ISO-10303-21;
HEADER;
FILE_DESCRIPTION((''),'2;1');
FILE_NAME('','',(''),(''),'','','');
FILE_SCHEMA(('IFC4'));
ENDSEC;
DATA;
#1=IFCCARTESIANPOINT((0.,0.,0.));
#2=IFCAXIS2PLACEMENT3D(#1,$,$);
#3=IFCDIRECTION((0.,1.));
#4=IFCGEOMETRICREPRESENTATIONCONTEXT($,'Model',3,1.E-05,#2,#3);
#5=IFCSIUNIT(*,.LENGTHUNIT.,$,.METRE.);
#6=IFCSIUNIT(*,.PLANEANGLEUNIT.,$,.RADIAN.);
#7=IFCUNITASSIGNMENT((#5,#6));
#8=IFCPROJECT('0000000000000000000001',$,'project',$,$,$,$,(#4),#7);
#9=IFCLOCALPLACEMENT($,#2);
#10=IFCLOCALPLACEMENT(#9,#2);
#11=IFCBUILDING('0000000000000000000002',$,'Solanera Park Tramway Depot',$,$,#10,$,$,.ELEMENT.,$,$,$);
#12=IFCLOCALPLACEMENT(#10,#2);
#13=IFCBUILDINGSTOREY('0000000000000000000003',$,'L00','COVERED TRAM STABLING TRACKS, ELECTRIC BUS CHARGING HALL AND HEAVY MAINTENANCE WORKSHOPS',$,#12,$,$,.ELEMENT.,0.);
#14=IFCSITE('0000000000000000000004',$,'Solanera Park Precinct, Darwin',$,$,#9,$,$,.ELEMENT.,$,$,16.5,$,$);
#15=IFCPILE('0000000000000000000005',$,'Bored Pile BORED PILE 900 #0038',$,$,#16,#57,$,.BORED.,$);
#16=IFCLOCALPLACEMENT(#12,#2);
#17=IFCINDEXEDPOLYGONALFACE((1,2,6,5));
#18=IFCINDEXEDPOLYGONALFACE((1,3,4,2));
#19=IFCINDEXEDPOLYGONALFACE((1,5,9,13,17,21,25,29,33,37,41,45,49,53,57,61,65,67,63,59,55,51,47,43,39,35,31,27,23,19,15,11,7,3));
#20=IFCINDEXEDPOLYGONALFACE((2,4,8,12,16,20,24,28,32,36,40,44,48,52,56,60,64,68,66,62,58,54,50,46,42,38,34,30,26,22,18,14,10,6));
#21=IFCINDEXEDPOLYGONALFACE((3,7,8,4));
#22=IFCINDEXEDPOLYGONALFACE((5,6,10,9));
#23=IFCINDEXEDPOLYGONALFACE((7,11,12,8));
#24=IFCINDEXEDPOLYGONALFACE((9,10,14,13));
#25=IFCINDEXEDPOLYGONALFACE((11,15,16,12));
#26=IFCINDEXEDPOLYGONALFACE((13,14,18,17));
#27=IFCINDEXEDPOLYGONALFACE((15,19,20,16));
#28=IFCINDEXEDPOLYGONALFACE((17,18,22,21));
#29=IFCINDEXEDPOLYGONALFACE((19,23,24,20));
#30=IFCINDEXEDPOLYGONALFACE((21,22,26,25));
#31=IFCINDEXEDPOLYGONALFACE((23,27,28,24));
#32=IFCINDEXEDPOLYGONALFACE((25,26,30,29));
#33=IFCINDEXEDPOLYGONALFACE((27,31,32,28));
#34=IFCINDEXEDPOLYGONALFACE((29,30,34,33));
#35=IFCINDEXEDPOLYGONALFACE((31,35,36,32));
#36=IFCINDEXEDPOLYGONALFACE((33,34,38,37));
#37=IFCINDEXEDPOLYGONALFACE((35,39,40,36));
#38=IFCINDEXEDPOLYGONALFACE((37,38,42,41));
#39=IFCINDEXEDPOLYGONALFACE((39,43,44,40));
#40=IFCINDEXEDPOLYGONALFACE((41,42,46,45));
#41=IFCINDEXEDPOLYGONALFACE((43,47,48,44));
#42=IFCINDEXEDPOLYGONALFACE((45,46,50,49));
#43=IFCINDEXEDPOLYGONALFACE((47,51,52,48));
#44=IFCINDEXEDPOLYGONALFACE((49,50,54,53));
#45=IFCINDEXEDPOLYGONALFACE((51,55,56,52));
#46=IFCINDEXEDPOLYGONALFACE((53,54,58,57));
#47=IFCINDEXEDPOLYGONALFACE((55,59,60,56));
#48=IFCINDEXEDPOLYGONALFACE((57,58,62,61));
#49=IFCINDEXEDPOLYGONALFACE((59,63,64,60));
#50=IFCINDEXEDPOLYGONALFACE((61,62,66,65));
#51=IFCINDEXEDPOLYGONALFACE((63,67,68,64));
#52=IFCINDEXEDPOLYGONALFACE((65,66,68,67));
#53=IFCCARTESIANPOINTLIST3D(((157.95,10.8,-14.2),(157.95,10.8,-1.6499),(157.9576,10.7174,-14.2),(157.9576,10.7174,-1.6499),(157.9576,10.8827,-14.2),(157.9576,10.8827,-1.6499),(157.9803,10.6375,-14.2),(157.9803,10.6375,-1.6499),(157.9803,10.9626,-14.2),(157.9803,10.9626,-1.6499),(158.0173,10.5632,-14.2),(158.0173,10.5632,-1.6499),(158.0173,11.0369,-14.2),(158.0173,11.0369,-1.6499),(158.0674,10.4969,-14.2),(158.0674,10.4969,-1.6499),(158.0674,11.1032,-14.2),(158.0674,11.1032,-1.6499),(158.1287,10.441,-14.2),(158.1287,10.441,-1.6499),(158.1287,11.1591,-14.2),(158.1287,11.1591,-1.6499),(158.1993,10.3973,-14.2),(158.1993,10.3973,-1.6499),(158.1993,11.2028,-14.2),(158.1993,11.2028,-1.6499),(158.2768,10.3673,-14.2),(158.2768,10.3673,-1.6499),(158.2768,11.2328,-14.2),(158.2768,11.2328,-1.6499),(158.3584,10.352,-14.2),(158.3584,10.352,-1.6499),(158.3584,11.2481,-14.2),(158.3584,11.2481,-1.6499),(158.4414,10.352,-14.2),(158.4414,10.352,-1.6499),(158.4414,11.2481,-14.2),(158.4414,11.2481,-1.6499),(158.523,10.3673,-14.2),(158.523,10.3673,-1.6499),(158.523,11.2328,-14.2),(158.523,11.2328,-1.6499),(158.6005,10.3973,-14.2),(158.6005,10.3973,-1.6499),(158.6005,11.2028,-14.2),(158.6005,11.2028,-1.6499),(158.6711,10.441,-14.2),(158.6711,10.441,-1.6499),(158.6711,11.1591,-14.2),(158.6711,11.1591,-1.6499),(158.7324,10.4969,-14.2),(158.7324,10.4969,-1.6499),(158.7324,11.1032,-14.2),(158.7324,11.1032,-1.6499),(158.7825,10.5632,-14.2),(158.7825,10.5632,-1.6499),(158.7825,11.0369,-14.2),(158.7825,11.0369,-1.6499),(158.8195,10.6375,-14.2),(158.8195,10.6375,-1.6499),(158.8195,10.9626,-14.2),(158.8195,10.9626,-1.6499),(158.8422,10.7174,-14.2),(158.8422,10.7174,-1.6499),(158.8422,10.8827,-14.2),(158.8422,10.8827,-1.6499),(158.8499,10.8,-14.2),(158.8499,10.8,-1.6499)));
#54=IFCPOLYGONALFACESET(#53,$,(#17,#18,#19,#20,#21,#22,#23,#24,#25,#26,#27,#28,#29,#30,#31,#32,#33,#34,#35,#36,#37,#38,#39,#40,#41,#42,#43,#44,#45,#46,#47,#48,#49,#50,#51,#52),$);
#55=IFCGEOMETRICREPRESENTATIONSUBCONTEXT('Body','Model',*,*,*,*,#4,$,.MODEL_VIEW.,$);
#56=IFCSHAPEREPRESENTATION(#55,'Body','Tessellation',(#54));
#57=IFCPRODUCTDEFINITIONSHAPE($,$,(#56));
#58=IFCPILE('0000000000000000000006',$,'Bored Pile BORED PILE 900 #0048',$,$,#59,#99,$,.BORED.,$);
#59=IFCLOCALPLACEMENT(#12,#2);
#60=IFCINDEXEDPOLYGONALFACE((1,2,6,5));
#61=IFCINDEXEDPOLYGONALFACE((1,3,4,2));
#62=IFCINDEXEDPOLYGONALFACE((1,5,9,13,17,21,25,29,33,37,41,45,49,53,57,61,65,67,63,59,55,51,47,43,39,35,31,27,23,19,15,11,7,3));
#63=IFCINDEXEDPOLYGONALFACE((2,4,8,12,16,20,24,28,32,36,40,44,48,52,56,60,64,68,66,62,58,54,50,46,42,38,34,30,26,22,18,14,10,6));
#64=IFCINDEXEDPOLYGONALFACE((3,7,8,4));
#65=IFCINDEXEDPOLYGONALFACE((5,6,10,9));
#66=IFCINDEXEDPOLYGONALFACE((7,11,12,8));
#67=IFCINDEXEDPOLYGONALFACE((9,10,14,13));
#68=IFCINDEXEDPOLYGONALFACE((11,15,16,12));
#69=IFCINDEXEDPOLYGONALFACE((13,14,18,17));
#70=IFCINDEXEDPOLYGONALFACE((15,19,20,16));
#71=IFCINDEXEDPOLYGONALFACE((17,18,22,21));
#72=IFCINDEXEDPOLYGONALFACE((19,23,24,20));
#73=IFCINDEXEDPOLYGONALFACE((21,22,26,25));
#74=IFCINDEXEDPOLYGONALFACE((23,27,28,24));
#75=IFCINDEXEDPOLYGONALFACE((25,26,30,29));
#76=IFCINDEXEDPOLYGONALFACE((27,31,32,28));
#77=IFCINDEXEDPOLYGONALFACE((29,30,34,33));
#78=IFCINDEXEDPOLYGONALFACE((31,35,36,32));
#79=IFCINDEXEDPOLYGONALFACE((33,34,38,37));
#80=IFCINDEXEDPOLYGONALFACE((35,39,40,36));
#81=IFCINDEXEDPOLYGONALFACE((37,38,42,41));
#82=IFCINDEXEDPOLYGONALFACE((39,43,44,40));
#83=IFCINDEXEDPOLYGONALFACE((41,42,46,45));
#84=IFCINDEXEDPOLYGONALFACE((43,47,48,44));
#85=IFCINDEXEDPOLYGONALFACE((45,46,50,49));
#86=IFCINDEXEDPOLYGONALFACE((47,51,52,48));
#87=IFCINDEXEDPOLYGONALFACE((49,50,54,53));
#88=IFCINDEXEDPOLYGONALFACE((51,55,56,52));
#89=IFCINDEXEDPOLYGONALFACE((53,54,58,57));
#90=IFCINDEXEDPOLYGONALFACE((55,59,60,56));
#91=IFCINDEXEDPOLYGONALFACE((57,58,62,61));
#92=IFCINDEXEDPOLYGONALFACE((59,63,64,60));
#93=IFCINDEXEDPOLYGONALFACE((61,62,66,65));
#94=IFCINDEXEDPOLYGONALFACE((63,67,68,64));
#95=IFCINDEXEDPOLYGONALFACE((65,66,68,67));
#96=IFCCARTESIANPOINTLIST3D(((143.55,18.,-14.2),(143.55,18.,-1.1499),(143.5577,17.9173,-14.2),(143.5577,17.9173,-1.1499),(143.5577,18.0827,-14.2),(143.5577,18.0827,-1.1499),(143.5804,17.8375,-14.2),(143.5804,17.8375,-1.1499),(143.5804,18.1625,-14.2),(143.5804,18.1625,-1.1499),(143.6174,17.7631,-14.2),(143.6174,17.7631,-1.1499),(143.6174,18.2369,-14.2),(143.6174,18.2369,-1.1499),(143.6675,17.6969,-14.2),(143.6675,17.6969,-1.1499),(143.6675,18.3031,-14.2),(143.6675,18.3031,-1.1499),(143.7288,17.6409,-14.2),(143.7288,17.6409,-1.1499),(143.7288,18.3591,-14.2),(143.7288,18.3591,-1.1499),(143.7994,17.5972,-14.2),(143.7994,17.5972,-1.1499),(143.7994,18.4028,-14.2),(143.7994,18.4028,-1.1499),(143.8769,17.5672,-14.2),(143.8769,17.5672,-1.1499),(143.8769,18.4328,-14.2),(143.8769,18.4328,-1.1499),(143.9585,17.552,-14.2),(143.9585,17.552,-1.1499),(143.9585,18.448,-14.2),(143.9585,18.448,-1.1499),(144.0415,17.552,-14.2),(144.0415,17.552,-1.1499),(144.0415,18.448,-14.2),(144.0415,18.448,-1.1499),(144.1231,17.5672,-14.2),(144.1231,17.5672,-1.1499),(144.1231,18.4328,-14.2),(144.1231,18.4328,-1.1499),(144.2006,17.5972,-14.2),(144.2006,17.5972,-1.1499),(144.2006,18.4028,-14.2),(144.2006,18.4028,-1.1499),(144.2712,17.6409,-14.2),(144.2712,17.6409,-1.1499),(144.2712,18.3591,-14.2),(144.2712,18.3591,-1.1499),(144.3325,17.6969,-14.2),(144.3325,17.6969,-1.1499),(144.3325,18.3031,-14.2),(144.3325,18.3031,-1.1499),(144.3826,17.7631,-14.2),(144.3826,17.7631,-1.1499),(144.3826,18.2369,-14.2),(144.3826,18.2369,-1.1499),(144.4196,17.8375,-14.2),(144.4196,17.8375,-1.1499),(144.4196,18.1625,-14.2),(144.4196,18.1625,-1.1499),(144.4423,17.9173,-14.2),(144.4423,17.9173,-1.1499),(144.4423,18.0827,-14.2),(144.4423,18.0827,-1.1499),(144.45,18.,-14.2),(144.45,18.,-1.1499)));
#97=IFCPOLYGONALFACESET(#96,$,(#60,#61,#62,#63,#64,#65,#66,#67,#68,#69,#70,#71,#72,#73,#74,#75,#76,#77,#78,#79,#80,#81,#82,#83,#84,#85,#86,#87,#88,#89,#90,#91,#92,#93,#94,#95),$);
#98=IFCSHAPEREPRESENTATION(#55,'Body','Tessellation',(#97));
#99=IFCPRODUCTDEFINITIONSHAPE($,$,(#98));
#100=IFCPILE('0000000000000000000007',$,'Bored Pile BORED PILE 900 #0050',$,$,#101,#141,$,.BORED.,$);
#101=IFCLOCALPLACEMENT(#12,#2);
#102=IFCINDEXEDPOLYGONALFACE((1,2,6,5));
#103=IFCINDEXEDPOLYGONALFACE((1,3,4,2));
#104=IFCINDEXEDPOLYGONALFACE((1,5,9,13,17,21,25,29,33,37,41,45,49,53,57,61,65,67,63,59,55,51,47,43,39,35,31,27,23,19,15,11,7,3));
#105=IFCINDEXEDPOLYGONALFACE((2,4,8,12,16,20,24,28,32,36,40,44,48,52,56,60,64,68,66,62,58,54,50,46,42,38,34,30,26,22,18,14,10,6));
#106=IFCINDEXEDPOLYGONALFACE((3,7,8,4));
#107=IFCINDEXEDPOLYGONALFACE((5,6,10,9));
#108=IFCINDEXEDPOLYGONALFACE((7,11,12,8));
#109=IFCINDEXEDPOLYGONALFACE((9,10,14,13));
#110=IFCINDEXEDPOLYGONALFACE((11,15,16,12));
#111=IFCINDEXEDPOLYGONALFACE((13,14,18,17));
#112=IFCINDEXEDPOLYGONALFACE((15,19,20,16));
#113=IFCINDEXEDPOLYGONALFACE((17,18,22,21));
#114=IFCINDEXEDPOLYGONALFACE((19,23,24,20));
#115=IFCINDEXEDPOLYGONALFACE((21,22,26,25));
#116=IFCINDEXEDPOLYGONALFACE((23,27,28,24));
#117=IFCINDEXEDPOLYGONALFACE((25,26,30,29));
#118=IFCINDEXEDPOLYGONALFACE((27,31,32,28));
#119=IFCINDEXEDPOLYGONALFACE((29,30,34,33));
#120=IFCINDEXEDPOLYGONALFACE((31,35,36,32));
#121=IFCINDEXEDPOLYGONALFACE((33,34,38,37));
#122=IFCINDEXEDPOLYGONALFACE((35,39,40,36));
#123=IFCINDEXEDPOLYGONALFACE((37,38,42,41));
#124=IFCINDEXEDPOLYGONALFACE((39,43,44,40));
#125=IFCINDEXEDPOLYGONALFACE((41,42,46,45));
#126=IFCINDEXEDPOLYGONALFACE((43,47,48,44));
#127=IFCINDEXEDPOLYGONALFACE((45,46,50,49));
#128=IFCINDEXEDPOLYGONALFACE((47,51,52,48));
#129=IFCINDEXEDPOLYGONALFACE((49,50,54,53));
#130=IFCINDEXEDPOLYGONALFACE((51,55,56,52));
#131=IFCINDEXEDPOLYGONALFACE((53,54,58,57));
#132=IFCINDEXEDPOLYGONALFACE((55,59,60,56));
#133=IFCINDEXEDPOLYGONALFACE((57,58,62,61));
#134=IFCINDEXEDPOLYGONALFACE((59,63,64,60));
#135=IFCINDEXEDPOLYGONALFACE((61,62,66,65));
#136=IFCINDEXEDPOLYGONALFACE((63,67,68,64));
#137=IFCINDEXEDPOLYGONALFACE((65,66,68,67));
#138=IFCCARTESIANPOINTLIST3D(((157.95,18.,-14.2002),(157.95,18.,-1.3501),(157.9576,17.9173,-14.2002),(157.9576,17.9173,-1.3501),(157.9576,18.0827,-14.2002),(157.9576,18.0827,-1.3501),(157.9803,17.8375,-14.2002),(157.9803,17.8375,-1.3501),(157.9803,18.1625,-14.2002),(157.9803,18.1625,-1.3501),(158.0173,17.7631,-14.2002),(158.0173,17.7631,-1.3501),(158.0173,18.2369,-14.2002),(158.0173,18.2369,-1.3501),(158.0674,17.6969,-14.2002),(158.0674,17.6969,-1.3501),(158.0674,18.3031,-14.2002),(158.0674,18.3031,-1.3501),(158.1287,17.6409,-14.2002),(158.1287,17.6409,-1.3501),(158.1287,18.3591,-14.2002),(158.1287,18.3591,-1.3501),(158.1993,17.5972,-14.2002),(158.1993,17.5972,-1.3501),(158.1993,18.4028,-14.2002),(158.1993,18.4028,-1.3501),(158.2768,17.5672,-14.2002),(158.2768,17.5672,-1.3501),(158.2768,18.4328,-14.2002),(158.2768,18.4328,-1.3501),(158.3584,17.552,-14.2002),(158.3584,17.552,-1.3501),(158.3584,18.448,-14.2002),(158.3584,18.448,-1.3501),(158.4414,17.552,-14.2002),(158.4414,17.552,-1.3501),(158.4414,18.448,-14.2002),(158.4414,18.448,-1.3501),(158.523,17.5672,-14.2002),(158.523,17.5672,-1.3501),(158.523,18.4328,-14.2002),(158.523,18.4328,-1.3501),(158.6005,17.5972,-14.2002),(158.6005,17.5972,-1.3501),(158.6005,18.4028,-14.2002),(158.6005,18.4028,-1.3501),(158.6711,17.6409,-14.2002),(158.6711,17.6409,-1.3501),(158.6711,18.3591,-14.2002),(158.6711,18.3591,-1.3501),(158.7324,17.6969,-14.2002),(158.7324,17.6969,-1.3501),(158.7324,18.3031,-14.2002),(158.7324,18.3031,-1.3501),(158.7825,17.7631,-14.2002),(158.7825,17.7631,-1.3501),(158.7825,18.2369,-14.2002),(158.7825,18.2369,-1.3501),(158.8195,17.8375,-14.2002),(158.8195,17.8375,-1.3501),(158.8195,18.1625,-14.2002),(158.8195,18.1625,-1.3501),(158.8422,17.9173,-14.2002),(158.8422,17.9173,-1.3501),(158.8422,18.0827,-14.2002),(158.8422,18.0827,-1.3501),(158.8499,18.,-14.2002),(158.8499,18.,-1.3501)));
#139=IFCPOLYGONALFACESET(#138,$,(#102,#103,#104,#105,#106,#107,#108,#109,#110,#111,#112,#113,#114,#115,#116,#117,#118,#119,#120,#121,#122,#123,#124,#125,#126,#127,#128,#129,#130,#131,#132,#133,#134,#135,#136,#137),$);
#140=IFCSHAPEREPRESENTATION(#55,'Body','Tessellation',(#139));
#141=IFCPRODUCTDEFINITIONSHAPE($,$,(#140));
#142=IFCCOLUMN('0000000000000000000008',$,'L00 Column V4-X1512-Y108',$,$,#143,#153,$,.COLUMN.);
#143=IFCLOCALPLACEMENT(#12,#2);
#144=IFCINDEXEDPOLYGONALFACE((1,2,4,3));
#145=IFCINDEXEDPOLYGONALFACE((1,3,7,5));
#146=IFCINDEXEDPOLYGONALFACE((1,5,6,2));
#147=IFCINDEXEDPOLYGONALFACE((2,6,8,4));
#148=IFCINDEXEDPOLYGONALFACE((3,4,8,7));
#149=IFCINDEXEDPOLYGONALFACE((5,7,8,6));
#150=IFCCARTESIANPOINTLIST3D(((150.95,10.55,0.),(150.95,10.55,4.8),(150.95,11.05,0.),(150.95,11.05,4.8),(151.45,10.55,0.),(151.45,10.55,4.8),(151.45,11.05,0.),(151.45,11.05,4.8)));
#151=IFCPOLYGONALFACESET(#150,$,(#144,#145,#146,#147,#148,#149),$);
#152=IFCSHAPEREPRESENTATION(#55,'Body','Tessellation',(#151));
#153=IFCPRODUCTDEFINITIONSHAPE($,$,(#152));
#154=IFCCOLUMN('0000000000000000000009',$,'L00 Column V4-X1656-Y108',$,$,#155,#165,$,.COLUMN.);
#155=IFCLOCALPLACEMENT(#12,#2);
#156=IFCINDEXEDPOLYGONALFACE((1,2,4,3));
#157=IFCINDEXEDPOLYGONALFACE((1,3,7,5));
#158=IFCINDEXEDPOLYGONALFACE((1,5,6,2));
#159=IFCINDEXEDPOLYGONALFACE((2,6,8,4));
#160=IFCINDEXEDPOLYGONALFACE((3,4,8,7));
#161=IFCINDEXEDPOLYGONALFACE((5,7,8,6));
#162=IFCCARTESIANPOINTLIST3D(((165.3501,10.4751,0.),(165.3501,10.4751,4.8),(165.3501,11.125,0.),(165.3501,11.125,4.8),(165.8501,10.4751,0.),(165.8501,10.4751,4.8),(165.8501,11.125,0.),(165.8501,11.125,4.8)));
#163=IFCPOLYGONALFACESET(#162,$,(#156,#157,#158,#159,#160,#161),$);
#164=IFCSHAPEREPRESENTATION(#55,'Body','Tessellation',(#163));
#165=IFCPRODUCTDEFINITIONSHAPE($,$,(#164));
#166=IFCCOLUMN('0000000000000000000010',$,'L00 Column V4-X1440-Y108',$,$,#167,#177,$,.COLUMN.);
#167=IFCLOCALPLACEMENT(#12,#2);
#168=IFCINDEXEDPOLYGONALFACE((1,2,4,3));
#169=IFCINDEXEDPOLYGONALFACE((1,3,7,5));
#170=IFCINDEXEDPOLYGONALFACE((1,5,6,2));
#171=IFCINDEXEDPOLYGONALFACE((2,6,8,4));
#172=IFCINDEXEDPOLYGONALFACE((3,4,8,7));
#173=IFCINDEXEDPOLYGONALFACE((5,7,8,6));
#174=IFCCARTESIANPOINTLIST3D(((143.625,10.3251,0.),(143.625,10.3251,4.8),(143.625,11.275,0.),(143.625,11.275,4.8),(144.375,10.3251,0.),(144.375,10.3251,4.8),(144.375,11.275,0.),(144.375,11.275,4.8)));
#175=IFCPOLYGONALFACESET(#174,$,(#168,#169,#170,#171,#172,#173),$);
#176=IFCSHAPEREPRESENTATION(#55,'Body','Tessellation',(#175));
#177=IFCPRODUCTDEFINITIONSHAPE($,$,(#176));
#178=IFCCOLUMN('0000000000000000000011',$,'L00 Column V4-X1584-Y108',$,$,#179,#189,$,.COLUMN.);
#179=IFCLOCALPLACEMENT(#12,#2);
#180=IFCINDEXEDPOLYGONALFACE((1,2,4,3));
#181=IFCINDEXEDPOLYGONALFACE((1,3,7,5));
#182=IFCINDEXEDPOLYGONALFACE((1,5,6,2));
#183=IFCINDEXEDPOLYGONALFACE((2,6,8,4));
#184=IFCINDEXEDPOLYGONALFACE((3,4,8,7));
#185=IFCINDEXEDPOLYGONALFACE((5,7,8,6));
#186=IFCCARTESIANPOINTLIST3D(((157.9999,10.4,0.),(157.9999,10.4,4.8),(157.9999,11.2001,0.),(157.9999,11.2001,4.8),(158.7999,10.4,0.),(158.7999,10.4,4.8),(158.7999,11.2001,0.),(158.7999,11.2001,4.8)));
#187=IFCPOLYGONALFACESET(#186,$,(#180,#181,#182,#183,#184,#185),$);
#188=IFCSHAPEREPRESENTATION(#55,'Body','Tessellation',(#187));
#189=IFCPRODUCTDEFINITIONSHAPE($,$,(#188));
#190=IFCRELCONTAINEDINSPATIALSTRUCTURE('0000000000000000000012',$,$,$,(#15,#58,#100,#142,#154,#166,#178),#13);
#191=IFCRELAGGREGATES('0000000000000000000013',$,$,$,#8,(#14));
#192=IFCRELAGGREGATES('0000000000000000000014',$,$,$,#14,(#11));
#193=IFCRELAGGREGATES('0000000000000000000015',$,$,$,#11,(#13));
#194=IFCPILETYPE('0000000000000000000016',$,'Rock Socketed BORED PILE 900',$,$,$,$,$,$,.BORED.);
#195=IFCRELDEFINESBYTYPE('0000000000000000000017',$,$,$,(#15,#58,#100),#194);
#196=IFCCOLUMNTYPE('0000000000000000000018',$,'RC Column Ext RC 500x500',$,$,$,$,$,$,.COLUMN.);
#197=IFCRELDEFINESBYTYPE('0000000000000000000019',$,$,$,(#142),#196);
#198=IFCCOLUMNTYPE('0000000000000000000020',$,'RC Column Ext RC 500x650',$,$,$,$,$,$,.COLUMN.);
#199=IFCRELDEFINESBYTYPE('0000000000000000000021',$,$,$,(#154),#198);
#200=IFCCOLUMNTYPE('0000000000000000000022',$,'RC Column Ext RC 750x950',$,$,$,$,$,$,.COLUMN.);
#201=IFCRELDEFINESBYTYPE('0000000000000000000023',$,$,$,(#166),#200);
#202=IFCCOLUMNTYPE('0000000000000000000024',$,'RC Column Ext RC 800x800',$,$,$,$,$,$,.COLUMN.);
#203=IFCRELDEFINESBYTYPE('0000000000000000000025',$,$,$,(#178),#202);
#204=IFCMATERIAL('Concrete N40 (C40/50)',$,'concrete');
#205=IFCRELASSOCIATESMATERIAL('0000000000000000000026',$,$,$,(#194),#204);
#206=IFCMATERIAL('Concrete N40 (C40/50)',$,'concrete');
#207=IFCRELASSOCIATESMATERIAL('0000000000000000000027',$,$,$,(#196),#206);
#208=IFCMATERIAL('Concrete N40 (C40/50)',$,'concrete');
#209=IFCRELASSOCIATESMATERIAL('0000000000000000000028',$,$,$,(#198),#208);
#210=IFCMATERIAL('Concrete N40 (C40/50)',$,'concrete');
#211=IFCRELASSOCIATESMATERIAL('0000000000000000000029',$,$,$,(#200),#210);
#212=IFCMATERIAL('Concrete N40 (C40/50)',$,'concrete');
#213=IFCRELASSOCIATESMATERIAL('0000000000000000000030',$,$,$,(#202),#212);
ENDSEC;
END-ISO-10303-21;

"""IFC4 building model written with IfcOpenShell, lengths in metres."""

from ifc_helpers import new_model, si_unit, direction, frame, origin, origin_2d, place, context, subcontext, project, spatial, rectangle, circle, extrude, material, material_profile, profile_set, type_object, element, save


model = new_model("IFC4")

# Units and contexts
model_context = context("Model", 3, precision=1e-05, world=origin(), true_north=direction((0.0, 1.0)))
body_context = subcontext(model_context, "Body", "Model", "MODEL_VIEW")
ifc_project = project(units=[si_unit("LENGTHUNIT", "METRE"), si_unit("PLANEANGLEUNIT", "RADIAN")], contexts=[model_context])

# Site, building, storey
site_placement = place(None, origin())
site = spatial("IfcSite", under=ifc_project, at=site_placement, Name="Solanera Park Precinct, Darwin", CompositionType="ELEMENT", RefElevation=16.5)
building_placement = place(site_placement, origin())
building = spatial("IfcBuilding", under=site, at=building_placement, Name="Solanera Park Tramway Depot", CompositionType="ELEMENT")
storey_placement = place(building_placement, origin())
storey = spatial("IfcBuildingStorey", under=building, at=storey_placement, Name="L00", Description="COVERED TRAM STABLING TRACKS, ELECTRIC BUS CHARGING HALL AND HEAVY MAINTENANCE WORKSHOPS", CompositionType="ELEMENT", Elevation=0.0)

# Piles
ifc_material_1 = material(Name="Concrete N40 (C40/50)", Category="concrete")
ifc_material_profile_1 = material_profile(ifc_material_1, circle(Radius=0.45, at=origin_2d()), Name="BORED PILE 900")
ifc_profile_set_1 = profile_set([ifc_material_profile_1], Name="Concrete N40 (C40/50)")
pile_type_1 = type_object("IfcPileType", Name="Rock Socketed BORED PILE 900", PredefinedType="BORED", material=ifc_profile_set_1)
pile_1_placement = place(storey_placement, frame((158.3999, 10.8, -1.6499), z_axis=(0.0, 0.0, -1.0), x_axis=(1.0, 0.0, 0.0)))
element("IfcPile", 1, at=pile_1_placement, inside=storey, type_object=pile_type_1, Name="Bored Pile BORED PILE 900 #0038", PredefinedType="BORED", context=body_context, shape_type="SweptSolid", body=[
    extrude(circle(Radius=0.45, at=origin_2d()), origin(), (0.0, 0.0, 1.0), 12.55),
])
pile_2_placement = place(storey_placement, frame((144.0, 18.0, -1.1499), z_axis=(0.0, 0.0, -1.0), x_axis=(1.0, 0.0, 0.0)))
element("IfcPile", 2, at=pile_2_placement, inside=storey, type_object=pile_type_1, Name="Bored Pile BORED PILE 900 #0048", PredefinedType="BORED", context=body_context, shape_type="SweptSolid", body=[
    extrude(circle(Radius=0.45, at=origin_2d()), origin(), (0.0, 0.0, 1.0), 13.05),
])
pile_3_placement = place(storey_placement, frame((158.3999, 18.0, -1.3501), z_axis=(0.0, 0.0, -1.0), x_axis=(1.0, 0.0, 0.0)))
element("IfcPile", 3, at=pile_3_placement, inside=storey, type_object=pile_type_1, Name="Bored Pile BORED PILE 900 #0050", PredefinedType="BORED", context=body_context, shape_type="SweptSolid", body=[
    extrude(circle(Radius=0.45, at=origin_2d()), origin(), (0.0, 0.0, 1.0), 12.8501),
])

# Columns
ifc_material_2 = material(Name="Concrete N40 (C40/50)", Category="concrete")
ifc_material_profile_2 = material_profile(ifc_material_2, rectangle(XDim=0.5, YDim=0.5, at=origin_2d()), Name="RC 500x500")
ifc_profile_set_2 = profile_set([ifc_material_profile_2], Name="Concrete N40 (C40/50)")
column_type_1 = type_object("IfcColumnType", Name="RC Column Ext RC 500x500", PredefinedType="COLUMN", material=ifc_profile_set_2)
column_1_placement = place(storey_placement, frame((151.2, 10.8, 0.0), z_axis=(0.0, 0.0, 1.0), x_axis=(1.0, 0.0, 0.0)))
element("IfcColumn", 4, at=column_1_placement, inside=storey, type_object=column_type_1, Name="L00 Column V4-X1512-Y108", PredefinedType="COLUMN", context=body_context, shape_type="SweptSolid", body=[
    extrude(rectangle(XDim=0.5, YDim=0.5, at=origin_2d()), origin(), (0.0, 0.0, 1.0), 4.8),
])
ifc_material_3 = material(Name="Concrete N40 (C40/50)", Category="concrete")
ifc_material_profile_3 = material_profile(ifc_material_3, rectangle(XDim=0.5, YDim=0.6499, at=origin_2d()), Name="RC 500x650")
ifc_profile_set_3 = profile_set([ifc_material_profile_3], Name="Concrete N40 (C40/50)")
column_type_2 = type_object("IfcColumnType", Name="RC Column Ext RC 500x650", PredefinedType="COLUMN", material=ifc_profile_set_3)
column_2_placement = place(storey_placement, frame((165.6001, 10.8, 0.0), z_axis=(0.0, 0.0, 1.0), x_axis=(1.0, 0.0, 0.0)))
element("IfcColumn", 5, at=column_2_placement, inside=storey, type_object=column_type_2, Name="L00 Column V4-X1656-Y108", PredefinedType="COLUMN", context=body_context, shape_type="SweptSolid", body=[
    extrude(rectangle(XDim=0.5, YDim=0.6499, at=origin_2d()), origin(), (0.0, 0.0, 1.0), 4.8),
])
ifc_material_4 = material(Name="Concrete N40 (C40/50)", Category="concrete")
ifc_material_profile_4 = material_profile(ifc_material_4, rectangle(XDim=0.75, YDim=0.95, at=origin_2d()), Name="RC 750x950")
ifc_profile_set_4 = profile_set([ifc_material_profile_4], Name="Concrete N40 (C40/50)")
column_type_3 = type_object("IfcColumnType", Name="RC Column Ext RC 750x950", PredefinedType="COLUMN", material=ifc_profile_set_4)
column_3_placement = place(storey_placement, frame((144.0, 10.8, 0.0), z_axis=(0.0, 0.0, 1.0), x_axis=(1.0, 0.0, 0.0)))
element("IfcColumn", 6, at=column_3_placement, inside=storey, type_object=column_type_3, Name="L00 Column V4-X1440-Y108", PredefinedType="COLUMN", context=body_context, shape_type="SweptSolid", body=[
    extrude(rectangle(XDim=0.75, YDim=0.95, at=origin_2d()), origin(), (0.0, 0.0, 1.0), 4.8),
])
ifc_material_5 = material(Name="Concrete N40 (C40/50)", Category="concrete")
ifc_material_profile_5 = material_profile(ifc_material_5, rectangle(XDim=0.8, YDim=0.8, at=origin_2d()), Name="RC 800x800")
ifc_profile_set_5 = profile_set([ifc_material_profile_5], Name="Concrete N40 (C40/50)")
column_type_4 = type_object("IfcColumnType", Name="RC Column Ext RC 800x800", PredefinedType="COLUMN", material=ifc_profile_set_5)
column_4_placement = place(storey_placement, frame((158.3999, 10.8, 0.0), z_axis=(0.0, 0.0, 1.0), x_axis=(1.0, 0.0, 0.0)))
element("IfcColumn", 7, at=column_4_placement, inside=storey, type_object=column_type_4, Name="L00 Column V4-X1584-Y108", PredefinedType="COLUMN", context=body_context, shape_type="SweptSolid", body=[
    extrude(rectangle(XDim=0.8, YDim=0.8, at=origin_2d()), origin(), (0.0, 0.0, 1.0), 4.8),
])

save(model, "model.ifc")
